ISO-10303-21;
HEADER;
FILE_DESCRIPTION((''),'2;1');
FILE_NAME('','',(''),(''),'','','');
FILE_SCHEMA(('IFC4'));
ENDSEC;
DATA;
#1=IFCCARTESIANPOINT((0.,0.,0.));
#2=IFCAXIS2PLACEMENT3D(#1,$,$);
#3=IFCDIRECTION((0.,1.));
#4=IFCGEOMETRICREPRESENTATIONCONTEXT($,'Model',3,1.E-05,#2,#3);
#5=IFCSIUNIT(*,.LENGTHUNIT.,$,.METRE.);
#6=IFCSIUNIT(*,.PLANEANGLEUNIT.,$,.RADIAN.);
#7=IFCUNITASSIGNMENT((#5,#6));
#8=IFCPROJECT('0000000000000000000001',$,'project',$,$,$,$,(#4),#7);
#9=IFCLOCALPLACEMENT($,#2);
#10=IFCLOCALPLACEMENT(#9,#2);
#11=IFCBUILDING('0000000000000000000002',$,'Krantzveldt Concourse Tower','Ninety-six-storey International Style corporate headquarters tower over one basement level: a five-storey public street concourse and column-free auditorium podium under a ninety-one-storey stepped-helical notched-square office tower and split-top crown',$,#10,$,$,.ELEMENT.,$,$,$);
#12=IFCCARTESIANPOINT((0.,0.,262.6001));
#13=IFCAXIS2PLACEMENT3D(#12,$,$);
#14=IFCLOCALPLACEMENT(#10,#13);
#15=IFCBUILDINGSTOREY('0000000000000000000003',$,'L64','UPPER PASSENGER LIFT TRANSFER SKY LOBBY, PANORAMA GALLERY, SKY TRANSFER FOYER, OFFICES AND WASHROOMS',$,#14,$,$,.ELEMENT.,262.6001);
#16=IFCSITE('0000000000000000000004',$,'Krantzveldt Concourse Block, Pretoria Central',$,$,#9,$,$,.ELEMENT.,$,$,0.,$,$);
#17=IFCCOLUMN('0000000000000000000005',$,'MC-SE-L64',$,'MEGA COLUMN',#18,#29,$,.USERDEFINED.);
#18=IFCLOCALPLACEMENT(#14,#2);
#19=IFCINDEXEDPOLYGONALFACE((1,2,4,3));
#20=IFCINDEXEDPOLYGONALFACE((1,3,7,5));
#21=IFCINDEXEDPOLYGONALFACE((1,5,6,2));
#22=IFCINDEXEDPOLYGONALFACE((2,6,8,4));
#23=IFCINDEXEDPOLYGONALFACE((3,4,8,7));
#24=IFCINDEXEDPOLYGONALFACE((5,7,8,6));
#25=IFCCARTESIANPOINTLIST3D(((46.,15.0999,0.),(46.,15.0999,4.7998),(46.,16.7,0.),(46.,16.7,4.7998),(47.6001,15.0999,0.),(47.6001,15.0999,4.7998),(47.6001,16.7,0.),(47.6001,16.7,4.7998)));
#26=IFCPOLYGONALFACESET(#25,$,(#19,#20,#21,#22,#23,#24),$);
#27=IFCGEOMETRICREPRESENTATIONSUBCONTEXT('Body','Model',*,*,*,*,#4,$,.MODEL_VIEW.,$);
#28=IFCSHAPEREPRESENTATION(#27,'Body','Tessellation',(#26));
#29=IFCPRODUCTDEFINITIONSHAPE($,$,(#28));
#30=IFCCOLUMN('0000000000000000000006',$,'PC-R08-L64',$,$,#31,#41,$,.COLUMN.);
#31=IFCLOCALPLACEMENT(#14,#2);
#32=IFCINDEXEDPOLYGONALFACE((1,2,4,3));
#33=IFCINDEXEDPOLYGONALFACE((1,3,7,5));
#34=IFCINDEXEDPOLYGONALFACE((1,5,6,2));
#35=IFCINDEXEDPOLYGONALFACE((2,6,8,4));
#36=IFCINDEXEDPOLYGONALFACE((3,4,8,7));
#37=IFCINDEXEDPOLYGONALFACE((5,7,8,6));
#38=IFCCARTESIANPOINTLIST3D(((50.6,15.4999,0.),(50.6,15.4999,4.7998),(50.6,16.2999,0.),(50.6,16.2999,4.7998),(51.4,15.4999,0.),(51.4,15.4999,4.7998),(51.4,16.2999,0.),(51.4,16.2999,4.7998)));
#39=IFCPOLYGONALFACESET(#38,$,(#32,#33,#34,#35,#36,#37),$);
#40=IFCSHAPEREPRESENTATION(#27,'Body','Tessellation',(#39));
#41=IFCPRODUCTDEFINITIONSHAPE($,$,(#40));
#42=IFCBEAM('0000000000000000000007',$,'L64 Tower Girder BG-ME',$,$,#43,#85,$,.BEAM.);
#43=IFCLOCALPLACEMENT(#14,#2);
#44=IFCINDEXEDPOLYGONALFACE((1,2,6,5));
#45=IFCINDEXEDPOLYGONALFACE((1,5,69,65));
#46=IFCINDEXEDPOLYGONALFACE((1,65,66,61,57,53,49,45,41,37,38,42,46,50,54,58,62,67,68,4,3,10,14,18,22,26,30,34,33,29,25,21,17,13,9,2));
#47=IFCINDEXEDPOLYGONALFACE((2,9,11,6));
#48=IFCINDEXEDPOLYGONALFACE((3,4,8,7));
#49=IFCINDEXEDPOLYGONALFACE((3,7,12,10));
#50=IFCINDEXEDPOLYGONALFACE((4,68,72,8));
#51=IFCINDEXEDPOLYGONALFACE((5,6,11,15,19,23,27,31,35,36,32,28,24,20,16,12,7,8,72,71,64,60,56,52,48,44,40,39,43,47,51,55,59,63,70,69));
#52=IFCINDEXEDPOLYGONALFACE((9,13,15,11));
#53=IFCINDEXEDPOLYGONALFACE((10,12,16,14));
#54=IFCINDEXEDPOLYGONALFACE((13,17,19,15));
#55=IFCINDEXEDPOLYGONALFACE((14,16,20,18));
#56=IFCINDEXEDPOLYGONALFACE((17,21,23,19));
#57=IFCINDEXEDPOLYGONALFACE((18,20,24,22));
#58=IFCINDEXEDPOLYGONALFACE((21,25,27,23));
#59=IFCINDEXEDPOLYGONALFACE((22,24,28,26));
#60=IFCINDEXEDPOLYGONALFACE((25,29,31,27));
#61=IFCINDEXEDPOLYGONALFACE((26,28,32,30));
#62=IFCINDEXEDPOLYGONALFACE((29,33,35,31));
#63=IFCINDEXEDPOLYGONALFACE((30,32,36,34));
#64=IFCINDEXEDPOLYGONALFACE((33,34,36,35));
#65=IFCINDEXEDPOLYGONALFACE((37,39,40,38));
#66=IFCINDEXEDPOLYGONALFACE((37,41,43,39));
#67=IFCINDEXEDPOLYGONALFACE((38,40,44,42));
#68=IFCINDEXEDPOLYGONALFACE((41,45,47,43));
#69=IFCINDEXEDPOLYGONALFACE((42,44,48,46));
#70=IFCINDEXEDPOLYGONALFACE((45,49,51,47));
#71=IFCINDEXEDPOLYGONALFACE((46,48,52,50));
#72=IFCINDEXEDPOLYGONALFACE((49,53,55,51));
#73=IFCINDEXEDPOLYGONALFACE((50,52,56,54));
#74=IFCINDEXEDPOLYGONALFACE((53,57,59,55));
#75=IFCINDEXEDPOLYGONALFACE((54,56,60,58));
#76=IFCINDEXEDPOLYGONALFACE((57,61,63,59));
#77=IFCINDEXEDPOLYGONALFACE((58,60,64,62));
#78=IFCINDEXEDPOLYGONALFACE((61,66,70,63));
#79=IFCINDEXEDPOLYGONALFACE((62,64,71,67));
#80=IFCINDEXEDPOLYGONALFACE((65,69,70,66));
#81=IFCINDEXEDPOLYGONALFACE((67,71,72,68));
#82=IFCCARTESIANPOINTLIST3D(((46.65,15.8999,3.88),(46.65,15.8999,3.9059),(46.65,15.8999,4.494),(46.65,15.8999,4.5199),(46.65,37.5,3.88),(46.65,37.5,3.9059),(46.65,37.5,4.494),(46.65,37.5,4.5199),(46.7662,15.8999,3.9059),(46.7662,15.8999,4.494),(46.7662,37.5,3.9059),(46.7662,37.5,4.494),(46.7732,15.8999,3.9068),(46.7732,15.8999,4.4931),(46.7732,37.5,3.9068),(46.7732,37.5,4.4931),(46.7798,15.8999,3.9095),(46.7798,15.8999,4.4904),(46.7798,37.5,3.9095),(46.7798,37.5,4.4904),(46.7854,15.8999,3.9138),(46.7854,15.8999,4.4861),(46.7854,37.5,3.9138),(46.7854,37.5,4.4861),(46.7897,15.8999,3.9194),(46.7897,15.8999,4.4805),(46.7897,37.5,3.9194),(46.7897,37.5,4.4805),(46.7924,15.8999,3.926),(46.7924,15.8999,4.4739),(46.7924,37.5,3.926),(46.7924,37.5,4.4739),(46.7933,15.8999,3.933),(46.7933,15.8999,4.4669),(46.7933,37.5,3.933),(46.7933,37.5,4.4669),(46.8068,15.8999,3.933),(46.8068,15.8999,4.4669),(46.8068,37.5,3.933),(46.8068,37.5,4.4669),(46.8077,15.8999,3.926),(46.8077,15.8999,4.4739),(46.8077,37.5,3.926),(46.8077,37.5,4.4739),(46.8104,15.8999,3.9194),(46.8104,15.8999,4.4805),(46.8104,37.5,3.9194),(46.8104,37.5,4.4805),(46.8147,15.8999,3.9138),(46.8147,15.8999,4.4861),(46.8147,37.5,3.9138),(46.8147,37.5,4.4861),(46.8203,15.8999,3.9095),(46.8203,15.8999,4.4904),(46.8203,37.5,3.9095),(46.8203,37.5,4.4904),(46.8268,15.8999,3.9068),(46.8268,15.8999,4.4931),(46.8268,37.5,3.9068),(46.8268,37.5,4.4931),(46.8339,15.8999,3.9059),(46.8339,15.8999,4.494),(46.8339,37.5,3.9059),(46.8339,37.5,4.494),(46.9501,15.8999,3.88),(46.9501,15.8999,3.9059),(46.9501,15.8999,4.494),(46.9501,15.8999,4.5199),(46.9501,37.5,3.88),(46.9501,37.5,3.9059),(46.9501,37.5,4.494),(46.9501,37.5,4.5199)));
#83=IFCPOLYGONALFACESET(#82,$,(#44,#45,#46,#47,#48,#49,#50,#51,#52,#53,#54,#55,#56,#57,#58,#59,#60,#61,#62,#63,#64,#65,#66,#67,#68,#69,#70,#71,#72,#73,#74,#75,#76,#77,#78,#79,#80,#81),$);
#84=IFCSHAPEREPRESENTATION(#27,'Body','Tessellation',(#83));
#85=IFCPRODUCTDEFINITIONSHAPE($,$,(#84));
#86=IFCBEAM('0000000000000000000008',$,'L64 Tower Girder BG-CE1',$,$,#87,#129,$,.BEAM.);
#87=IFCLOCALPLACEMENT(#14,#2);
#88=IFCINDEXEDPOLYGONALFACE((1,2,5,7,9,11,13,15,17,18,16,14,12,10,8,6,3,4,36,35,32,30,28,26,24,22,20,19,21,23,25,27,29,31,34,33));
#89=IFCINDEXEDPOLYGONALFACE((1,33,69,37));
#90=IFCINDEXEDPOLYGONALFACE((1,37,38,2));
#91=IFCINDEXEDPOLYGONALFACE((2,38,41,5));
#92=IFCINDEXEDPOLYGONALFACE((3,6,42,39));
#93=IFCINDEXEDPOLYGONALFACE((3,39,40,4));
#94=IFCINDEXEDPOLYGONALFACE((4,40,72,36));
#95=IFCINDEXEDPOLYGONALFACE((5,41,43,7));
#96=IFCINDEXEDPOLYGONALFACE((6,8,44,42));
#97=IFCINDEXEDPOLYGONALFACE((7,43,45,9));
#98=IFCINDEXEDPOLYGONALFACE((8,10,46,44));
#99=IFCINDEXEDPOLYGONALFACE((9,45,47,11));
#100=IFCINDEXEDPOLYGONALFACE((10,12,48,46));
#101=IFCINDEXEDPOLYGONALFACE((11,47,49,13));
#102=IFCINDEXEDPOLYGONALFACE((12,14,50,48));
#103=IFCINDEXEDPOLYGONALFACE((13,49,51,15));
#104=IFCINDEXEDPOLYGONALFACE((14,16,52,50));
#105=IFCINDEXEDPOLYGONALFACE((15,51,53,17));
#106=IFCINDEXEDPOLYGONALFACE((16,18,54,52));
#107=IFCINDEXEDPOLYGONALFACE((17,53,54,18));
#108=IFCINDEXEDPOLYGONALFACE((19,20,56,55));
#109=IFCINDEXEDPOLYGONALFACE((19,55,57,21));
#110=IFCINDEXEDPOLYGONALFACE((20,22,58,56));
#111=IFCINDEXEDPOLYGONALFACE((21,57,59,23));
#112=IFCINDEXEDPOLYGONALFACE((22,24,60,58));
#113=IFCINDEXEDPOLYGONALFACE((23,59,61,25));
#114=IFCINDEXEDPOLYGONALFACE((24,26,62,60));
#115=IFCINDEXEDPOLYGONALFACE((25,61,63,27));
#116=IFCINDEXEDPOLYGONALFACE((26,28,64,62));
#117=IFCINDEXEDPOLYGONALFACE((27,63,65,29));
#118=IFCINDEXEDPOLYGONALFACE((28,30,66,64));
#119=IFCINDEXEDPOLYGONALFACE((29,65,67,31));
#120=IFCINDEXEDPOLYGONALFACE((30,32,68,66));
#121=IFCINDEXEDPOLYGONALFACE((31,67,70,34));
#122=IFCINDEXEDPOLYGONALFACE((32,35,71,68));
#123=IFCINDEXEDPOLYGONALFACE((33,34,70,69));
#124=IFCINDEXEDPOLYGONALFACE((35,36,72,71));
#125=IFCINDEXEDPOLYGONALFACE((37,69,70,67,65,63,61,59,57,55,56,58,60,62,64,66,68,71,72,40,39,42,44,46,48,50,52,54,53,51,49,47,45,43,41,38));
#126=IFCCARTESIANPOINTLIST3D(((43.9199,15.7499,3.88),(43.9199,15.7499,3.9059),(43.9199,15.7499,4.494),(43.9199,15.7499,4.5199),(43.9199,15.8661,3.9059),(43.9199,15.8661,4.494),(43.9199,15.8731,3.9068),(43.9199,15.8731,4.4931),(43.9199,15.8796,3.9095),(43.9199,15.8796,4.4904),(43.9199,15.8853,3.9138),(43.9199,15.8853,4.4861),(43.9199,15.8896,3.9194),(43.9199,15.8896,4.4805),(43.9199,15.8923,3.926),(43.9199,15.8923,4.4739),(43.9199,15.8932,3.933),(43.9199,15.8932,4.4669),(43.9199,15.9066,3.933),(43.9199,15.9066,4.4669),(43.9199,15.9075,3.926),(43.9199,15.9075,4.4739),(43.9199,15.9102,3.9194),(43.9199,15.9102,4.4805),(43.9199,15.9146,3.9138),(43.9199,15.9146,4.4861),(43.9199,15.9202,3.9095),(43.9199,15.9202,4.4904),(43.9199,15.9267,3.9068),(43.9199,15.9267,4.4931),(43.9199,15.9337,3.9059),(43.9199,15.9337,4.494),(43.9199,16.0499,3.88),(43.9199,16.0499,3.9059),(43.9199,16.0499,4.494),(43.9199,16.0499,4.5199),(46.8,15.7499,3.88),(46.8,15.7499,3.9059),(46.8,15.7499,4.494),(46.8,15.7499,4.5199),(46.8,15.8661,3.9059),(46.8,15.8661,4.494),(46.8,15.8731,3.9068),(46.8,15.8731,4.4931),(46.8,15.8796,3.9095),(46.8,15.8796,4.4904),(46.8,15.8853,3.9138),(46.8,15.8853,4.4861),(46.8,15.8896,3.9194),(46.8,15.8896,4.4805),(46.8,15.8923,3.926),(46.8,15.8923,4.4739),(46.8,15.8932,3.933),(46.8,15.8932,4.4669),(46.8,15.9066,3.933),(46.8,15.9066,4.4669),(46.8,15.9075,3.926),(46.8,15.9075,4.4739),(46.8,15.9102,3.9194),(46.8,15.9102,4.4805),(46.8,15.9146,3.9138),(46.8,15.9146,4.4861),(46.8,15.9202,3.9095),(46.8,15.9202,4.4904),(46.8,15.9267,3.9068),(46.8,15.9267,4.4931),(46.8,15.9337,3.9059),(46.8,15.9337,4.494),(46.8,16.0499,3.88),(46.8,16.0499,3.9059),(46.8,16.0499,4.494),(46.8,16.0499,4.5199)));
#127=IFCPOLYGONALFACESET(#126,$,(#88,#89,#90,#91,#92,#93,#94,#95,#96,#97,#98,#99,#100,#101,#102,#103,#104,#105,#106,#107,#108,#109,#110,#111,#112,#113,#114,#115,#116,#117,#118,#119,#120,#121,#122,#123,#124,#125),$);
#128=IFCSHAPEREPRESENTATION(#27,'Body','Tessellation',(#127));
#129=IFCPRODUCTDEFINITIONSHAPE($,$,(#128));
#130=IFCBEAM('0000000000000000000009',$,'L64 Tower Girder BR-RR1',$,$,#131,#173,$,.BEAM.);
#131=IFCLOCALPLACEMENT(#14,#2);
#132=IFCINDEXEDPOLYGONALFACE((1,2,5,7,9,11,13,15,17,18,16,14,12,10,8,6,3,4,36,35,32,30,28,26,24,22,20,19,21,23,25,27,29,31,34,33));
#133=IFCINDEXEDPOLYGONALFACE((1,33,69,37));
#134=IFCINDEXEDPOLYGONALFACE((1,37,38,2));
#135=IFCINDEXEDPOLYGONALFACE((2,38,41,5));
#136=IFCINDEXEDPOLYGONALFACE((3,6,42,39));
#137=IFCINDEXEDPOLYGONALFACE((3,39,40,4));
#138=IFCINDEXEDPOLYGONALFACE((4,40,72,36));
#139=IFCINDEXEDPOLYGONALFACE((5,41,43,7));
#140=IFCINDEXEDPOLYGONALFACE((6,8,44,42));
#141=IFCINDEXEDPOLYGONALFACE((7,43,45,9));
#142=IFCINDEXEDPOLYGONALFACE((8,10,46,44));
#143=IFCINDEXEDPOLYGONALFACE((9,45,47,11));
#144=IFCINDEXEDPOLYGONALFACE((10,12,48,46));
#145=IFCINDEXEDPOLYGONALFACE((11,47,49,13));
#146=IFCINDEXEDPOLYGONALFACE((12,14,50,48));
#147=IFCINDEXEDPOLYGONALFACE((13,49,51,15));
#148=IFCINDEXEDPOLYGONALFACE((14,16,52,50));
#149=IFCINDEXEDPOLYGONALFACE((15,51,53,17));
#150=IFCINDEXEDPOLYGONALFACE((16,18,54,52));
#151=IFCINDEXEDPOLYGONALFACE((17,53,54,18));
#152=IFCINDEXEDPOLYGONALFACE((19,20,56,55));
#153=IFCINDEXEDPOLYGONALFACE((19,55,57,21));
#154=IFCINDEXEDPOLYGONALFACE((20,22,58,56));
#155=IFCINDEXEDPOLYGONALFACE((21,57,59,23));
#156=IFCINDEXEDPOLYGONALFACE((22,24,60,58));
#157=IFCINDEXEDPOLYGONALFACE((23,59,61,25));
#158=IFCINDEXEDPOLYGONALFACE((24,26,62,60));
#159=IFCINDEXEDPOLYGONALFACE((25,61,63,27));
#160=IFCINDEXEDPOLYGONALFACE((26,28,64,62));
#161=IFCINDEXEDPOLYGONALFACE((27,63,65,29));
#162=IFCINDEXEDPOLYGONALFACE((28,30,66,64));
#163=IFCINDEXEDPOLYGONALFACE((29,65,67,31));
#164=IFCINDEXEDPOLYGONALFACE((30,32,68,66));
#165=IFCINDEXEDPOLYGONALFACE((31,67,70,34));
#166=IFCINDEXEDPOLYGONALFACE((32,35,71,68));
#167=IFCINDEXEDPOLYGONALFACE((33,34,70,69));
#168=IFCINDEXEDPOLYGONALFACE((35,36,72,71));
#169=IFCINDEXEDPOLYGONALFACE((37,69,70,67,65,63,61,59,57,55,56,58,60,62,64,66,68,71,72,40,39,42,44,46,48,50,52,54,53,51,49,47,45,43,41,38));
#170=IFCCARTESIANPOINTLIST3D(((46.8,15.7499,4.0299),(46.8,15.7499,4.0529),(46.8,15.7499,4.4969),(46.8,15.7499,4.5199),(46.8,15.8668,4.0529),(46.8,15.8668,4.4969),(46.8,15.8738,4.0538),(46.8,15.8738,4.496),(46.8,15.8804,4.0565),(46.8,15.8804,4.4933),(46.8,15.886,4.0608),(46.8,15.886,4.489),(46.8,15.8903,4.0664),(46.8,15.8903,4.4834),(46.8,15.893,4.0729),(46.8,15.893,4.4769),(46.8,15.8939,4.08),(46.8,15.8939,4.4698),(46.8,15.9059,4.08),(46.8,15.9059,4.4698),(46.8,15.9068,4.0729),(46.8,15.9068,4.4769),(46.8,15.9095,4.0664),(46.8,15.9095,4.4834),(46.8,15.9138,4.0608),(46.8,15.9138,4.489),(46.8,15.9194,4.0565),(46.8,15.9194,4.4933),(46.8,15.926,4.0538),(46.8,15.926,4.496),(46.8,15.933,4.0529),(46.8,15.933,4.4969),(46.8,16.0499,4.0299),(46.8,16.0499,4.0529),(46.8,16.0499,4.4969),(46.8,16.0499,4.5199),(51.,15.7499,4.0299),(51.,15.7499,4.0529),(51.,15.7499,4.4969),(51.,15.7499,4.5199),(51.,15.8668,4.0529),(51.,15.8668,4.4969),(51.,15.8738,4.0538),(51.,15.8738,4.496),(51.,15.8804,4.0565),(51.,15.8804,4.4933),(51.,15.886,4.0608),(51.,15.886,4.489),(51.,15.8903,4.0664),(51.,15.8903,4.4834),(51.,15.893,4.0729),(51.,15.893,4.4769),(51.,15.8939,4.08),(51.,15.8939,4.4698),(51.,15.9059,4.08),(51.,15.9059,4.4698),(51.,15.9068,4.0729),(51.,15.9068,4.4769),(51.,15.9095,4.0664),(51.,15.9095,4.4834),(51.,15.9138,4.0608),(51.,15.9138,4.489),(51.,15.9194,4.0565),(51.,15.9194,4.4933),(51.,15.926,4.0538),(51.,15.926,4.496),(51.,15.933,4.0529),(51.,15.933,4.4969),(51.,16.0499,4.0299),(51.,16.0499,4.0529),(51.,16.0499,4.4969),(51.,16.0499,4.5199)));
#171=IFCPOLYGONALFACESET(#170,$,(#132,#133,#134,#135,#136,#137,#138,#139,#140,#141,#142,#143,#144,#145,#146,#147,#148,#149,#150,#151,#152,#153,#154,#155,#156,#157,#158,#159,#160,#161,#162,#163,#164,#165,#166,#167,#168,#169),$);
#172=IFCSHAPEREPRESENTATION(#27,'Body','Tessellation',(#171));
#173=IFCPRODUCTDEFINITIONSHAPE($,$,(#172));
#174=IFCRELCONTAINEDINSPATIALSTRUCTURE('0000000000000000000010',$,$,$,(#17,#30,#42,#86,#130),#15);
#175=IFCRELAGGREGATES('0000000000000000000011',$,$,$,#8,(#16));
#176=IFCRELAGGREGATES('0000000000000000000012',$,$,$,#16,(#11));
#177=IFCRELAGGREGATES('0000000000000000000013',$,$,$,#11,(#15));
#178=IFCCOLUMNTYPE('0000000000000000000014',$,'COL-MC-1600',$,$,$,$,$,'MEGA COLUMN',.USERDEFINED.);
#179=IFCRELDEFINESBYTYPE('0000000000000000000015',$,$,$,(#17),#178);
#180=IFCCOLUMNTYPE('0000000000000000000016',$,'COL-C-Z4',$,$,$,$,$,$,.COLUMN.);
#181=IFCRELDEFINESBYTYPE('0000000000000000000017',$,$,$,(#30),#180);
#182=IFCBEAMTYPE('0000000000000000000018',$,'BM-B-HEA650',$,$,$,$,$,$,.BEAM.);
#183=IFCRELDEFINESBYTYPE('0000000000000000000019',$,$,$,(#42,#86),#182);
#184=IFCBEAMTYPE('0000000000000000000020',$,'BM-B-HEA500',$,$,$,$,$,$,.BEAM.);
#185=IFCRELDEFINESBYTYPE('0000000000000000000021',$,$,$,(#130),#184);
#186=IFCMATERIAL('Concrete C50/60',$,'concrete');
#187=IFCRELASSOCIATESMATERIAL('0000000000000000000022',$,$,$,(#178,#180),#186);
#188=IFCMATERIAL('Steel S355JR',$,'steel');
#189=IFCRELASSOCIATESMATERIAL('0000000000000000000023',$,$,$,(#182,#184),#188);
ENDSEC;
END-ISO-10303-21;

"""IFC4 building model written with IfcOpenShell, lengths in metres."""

from ifc_helpers import new_model, si_unit, direction, frame, origin, origin_2d, place, context, subcontext, project, spatial, rectangle, i_section, extrude, source, transform, mapped, material, material_profile, profile_set, type_object, type_shapes, element, save


model = new_model("IFC4")

# Units and contexts
model_context = context("Model", 3, precision=1e-05, world=origin(), true_north=direction((0.0, 1.0)))
body_context = subcontext(model_context, "Body", "Model", "MODEL_VIEW")
ifc_project = project(units=[si_unit("LENGTHUNIT", "METRE"), si_unit("PLANEANGLEUNIT", "RADIAN")], contexts=[model_context])

# Site, building, storey
site_placement = place(None, origin())
site = spatial("IfcSite", under=ifc_project, at=site_placement, Name="Krantzveldt Concourse Block, Pretoria Central", CompositionType="ELEMENT", RefElevation=0.0)
building_placement = place(site_placement, origin())
building = spatial("IfcBuilding", under=site, at=building_placement, Name="Krantzveldt Concourse Tower", Description="Ninety-six-storey International Style corporate headquarters tower over one basement level: a five-storey public street concourse and column-free auditorium podium under a ninety-one-storey stepped-helical notched-square office tower and split-top crown", CompositionType="ELEMENT")
storey_placement = place(building_placement, frame((0.0, 0.0, 262.6001)))
storey = spatial("IfcBuildingStorey", under=building, at=storey_placement, Name="L64", Description="UPPER PASSENGER LIFT TRANSFER SKY LOBBY, PANORAMA GALLERY, SKY TRANSFER FOYER, OFFICES AND WASHROOMS", CompositionType="ELEMENT", Elevation=262.6001)

# Columns
ifc_material_1 = material(Name="Concrete C50/60", Category="concrete")
ifc_material_profile_1 = material_profile(ifc_material_1, rectangle(XDim=1.6001, YDim=1.6001, at=origin_2d()), Name="Concrete C50/60", Category="concrete")
ifc_profile_set_1 = profile_set([ifc_material_profile_1], Name="Concrete C50/60 - RC 1600x1600")
column_type_1 = type_object("IfcColumnType", Name="COL-MC-1600", ElementType="MEGA COLUMN", PredefinedType="USERDEFINED", material=ifc_profile_set_1)
shared_shape_1 = source(origin(), body_context, "Body", "SweptSolid", [
    extrude(rectangle(XDim=1.6001, YDim=1.6001, at=origin_2d()), origin(), (0.0, 0.0, 1.0), 4.7998),
])
type_shapes(column_type_1, [shared_shape_1])
column_1_placement = place(storey_placement, frame((46.8, 15.8999, 0.0), z_axis=(0.0, 0.0, 1.0), x_axis=(1.0, 0.0, 0.0)))
element("IfcColumn", 1, at=column_1_placement, inside=storey, type_object=column_type_1, Name="MC-SE-L64", ObjectType="MEGA COLUMN", PredefinedType="USERDEFINED", context=body_context, shape_type="MappedRepresentation", body=[
    mapped(shared_shape_1, transform((0.0, 0.0, 0.0), x_axis=(1.0, 0.0, 0.0), y_axis=(0.0, 1.0, 0.0), z_axis=(0.0, 0.0, 1.0), scale=1.0)),
])
ifc_material_profile_2 = material_profile(ifc_material_1, rectangle(XDim=0.8, YDim=0.8, at=origin_2d()), Name="Concrete C50/60", Category="concrete")
ifc_profile_set_2 = profile_set([ifc_material_profile_2], Name="Concrete C50/60 - RC 800x800")
column_type_2 = type_object("IfcColumnType", Name="COL-C-Z4", PredefinedType="COLUMN", material=ifc_profile_set_2)
shared_shape_2 = source(origin(), body_context, "Body", "SweptSolid", [
    extrude(rectangle(XDim=0.8, YDim=0.8, at=origin_2d()), origin(), (0.0, 0.0, 1.0), 4.7998),
])
type_shapes(column_type_2, [shared_shape_2])
column_2_placement = place(storey_placement, frame((51.0, 15.8999, 0.0), z_axis=(0.0, 0.0, 1.0), x_axis=(1.0, 0.0, 0.0)))
element("IfcColumn", 2, at=column_2_placement, inside=storey, type_object=column_type_2, Name="PC-R08-L64", PredefinedType="COLUMN", context=body_context, shape_type="MappedRepresentation", body=[
    mapped(shared_shape_2, transform((0.0, 0.0, 0.0), x_axis=(1.0, 0.0, 0.0), y_axis=(0.0, 1.0, 0.0), z_axis=(0.0, 0.0, 1.0), scale=1.0)),
])

# Beams
ifc_material_2 = material(Name="Steel S355JR", Category="steel")
ifc_material_profile_3 = material_profile(ifc_material_2, i_section(OverallWidth=0.3, OverallDepth=0.6399, WebThickness=0.0134, FlangeThickness=0.0259, FilletRadius=0.0271, at=origin_2d()), Name="Steel S355JR", Category="steel")
ifc_profile_set_3 = profile_set([ifc_material_profile_3], Name="Steel S355JR - HEA 650")
beam_type_1 = type_object("IfcBeamType", Name="BM-B-HEA650", PredefinedType="BEAM", material=ifc_profile_set_3)
shared_shape_3 = source(origin(), body_context, "Body", "SweptSolid", [
    extrude(i_section(OverallWidth=0.3, OverallDepth=0.6399, WebThickness=0.0134, FlangeThickness=0.0259, FilletRadius=0.0271, at=origin_2d()), origin(), (0.0, 0.0, 1.0), 21.6001),
])
beam_1_placement = place(storey_placement, frame((46.8, 15.8999, 4.2), z_axis=(0.0, 1.0, 0.0), x_axis=(-1.0, 0.0, 0.0)))
element("IfcBeam", 3, at=beam_1_placement, inside=storey, type_object=beam_type_1, Name="L64 Tower Girder BG-ME", PredefinedType="BEAM", context=body_context, shape_type="MappedRepresentation", body=[
    mapped(shared_shape_3, transform((0.0, 0.0, 0.0), x_axis=(1.0, 0.0, 0.0), y_axis=(0.0, 1.0, 0.0), z_axis=(0.0, 0.0, 1.0), scale=1.0)),
])
shared_shape_4 = source(origin(), body_context, "Body", "SweptSolid", [
    extrude(i_section(OverallWidth=0.3, OverallDepth=0.6399, WebThickness=0.0134, FlangeThickness=0.0259, FilletRadius=0.0271, at=origin_2d()), origin(), (0.0, 0.0, 1.0), 2.8801),
])
type_shapes(beam_type_1, [shared_shape_3, shared_shape_4])
beam_2_placement = place(storey_placement, frame((43.9199, 15.8999, 4.2), z_axis=(1.0, 0.0, 0.0), x_axis=(0.0, 1.0, 0.0)))
element("IfcBeam", 4, at=beam_2_placement, inside=storey, type_object=beam_type_1, Name="L64 Tower Girder BG-CE1", PredefinedType="BEAM", context=body_context, shape_type="MappedRepresentation", body=[
    mapped(shared_shape_4, transform((0.0, 0.0, 0.0), x_axis=(1.0, 0.0, 0.0), y_axis=(0.0, 1.0, 0.0), z_axis=(0.0, 0.0, 1.0), scale=1.0)),
])
ifc_material_profile_4 = material_profile(ifc_material_2, i_section(OverallWidth=0.3, OverallDepth=0.49, WebThickness=0.012, FlangeThickness=0.0229, FilletRadius=0.0271, at=origin_2d()), Name="Steel S355JR", Category="steel")
ifc_profile_set_4 = profile_set([ifc_material_profile_4], Name="Steel S355JR - HEA 500")
beam_type_2 = type_object("IfcBeamType", Name="BM-B-HEA500", PredefinedType="BEAM", material=ifc_profile_set_4)
shared_shape_5 = source(origin(), body_context, "Body", "SweptSolid", [
    extrude(i_section(OverallWidth=0.3, OverallDepth=0.49, WebThickness=0.012, FlangeThickness=0.0229, FilletRadius=0.0271, at=origin_2d()), origin(), (0.0, 0.0, 1.0), 4.2),
])
beam_3_placement = place(storey_placement, frame((46.8, 15.8999, 4.2749), z_axis=(1.0, 0.0, 0.0), x_axis=(0.0, 1.0, 0.0)))
element("IfcBeam", 5, at=beam_3_placement, inside=storey, type_object=beam_type_2, Name="L64 Tower Girder BR-RR1", PredefinedType="BEAM", context=body_context, shape_type="MappedRepresentation", body=[
    mapped(shared_shape_5, transform((0.0, 0.0, 0.0), x_axis=(1.0, 0.0, 0.0), y_axis=(0.0, 1.0, 0.0), z_axis=(0.0, 0.0, 1.0), scale=1.0)),
])

save(model, "model.ifc")
